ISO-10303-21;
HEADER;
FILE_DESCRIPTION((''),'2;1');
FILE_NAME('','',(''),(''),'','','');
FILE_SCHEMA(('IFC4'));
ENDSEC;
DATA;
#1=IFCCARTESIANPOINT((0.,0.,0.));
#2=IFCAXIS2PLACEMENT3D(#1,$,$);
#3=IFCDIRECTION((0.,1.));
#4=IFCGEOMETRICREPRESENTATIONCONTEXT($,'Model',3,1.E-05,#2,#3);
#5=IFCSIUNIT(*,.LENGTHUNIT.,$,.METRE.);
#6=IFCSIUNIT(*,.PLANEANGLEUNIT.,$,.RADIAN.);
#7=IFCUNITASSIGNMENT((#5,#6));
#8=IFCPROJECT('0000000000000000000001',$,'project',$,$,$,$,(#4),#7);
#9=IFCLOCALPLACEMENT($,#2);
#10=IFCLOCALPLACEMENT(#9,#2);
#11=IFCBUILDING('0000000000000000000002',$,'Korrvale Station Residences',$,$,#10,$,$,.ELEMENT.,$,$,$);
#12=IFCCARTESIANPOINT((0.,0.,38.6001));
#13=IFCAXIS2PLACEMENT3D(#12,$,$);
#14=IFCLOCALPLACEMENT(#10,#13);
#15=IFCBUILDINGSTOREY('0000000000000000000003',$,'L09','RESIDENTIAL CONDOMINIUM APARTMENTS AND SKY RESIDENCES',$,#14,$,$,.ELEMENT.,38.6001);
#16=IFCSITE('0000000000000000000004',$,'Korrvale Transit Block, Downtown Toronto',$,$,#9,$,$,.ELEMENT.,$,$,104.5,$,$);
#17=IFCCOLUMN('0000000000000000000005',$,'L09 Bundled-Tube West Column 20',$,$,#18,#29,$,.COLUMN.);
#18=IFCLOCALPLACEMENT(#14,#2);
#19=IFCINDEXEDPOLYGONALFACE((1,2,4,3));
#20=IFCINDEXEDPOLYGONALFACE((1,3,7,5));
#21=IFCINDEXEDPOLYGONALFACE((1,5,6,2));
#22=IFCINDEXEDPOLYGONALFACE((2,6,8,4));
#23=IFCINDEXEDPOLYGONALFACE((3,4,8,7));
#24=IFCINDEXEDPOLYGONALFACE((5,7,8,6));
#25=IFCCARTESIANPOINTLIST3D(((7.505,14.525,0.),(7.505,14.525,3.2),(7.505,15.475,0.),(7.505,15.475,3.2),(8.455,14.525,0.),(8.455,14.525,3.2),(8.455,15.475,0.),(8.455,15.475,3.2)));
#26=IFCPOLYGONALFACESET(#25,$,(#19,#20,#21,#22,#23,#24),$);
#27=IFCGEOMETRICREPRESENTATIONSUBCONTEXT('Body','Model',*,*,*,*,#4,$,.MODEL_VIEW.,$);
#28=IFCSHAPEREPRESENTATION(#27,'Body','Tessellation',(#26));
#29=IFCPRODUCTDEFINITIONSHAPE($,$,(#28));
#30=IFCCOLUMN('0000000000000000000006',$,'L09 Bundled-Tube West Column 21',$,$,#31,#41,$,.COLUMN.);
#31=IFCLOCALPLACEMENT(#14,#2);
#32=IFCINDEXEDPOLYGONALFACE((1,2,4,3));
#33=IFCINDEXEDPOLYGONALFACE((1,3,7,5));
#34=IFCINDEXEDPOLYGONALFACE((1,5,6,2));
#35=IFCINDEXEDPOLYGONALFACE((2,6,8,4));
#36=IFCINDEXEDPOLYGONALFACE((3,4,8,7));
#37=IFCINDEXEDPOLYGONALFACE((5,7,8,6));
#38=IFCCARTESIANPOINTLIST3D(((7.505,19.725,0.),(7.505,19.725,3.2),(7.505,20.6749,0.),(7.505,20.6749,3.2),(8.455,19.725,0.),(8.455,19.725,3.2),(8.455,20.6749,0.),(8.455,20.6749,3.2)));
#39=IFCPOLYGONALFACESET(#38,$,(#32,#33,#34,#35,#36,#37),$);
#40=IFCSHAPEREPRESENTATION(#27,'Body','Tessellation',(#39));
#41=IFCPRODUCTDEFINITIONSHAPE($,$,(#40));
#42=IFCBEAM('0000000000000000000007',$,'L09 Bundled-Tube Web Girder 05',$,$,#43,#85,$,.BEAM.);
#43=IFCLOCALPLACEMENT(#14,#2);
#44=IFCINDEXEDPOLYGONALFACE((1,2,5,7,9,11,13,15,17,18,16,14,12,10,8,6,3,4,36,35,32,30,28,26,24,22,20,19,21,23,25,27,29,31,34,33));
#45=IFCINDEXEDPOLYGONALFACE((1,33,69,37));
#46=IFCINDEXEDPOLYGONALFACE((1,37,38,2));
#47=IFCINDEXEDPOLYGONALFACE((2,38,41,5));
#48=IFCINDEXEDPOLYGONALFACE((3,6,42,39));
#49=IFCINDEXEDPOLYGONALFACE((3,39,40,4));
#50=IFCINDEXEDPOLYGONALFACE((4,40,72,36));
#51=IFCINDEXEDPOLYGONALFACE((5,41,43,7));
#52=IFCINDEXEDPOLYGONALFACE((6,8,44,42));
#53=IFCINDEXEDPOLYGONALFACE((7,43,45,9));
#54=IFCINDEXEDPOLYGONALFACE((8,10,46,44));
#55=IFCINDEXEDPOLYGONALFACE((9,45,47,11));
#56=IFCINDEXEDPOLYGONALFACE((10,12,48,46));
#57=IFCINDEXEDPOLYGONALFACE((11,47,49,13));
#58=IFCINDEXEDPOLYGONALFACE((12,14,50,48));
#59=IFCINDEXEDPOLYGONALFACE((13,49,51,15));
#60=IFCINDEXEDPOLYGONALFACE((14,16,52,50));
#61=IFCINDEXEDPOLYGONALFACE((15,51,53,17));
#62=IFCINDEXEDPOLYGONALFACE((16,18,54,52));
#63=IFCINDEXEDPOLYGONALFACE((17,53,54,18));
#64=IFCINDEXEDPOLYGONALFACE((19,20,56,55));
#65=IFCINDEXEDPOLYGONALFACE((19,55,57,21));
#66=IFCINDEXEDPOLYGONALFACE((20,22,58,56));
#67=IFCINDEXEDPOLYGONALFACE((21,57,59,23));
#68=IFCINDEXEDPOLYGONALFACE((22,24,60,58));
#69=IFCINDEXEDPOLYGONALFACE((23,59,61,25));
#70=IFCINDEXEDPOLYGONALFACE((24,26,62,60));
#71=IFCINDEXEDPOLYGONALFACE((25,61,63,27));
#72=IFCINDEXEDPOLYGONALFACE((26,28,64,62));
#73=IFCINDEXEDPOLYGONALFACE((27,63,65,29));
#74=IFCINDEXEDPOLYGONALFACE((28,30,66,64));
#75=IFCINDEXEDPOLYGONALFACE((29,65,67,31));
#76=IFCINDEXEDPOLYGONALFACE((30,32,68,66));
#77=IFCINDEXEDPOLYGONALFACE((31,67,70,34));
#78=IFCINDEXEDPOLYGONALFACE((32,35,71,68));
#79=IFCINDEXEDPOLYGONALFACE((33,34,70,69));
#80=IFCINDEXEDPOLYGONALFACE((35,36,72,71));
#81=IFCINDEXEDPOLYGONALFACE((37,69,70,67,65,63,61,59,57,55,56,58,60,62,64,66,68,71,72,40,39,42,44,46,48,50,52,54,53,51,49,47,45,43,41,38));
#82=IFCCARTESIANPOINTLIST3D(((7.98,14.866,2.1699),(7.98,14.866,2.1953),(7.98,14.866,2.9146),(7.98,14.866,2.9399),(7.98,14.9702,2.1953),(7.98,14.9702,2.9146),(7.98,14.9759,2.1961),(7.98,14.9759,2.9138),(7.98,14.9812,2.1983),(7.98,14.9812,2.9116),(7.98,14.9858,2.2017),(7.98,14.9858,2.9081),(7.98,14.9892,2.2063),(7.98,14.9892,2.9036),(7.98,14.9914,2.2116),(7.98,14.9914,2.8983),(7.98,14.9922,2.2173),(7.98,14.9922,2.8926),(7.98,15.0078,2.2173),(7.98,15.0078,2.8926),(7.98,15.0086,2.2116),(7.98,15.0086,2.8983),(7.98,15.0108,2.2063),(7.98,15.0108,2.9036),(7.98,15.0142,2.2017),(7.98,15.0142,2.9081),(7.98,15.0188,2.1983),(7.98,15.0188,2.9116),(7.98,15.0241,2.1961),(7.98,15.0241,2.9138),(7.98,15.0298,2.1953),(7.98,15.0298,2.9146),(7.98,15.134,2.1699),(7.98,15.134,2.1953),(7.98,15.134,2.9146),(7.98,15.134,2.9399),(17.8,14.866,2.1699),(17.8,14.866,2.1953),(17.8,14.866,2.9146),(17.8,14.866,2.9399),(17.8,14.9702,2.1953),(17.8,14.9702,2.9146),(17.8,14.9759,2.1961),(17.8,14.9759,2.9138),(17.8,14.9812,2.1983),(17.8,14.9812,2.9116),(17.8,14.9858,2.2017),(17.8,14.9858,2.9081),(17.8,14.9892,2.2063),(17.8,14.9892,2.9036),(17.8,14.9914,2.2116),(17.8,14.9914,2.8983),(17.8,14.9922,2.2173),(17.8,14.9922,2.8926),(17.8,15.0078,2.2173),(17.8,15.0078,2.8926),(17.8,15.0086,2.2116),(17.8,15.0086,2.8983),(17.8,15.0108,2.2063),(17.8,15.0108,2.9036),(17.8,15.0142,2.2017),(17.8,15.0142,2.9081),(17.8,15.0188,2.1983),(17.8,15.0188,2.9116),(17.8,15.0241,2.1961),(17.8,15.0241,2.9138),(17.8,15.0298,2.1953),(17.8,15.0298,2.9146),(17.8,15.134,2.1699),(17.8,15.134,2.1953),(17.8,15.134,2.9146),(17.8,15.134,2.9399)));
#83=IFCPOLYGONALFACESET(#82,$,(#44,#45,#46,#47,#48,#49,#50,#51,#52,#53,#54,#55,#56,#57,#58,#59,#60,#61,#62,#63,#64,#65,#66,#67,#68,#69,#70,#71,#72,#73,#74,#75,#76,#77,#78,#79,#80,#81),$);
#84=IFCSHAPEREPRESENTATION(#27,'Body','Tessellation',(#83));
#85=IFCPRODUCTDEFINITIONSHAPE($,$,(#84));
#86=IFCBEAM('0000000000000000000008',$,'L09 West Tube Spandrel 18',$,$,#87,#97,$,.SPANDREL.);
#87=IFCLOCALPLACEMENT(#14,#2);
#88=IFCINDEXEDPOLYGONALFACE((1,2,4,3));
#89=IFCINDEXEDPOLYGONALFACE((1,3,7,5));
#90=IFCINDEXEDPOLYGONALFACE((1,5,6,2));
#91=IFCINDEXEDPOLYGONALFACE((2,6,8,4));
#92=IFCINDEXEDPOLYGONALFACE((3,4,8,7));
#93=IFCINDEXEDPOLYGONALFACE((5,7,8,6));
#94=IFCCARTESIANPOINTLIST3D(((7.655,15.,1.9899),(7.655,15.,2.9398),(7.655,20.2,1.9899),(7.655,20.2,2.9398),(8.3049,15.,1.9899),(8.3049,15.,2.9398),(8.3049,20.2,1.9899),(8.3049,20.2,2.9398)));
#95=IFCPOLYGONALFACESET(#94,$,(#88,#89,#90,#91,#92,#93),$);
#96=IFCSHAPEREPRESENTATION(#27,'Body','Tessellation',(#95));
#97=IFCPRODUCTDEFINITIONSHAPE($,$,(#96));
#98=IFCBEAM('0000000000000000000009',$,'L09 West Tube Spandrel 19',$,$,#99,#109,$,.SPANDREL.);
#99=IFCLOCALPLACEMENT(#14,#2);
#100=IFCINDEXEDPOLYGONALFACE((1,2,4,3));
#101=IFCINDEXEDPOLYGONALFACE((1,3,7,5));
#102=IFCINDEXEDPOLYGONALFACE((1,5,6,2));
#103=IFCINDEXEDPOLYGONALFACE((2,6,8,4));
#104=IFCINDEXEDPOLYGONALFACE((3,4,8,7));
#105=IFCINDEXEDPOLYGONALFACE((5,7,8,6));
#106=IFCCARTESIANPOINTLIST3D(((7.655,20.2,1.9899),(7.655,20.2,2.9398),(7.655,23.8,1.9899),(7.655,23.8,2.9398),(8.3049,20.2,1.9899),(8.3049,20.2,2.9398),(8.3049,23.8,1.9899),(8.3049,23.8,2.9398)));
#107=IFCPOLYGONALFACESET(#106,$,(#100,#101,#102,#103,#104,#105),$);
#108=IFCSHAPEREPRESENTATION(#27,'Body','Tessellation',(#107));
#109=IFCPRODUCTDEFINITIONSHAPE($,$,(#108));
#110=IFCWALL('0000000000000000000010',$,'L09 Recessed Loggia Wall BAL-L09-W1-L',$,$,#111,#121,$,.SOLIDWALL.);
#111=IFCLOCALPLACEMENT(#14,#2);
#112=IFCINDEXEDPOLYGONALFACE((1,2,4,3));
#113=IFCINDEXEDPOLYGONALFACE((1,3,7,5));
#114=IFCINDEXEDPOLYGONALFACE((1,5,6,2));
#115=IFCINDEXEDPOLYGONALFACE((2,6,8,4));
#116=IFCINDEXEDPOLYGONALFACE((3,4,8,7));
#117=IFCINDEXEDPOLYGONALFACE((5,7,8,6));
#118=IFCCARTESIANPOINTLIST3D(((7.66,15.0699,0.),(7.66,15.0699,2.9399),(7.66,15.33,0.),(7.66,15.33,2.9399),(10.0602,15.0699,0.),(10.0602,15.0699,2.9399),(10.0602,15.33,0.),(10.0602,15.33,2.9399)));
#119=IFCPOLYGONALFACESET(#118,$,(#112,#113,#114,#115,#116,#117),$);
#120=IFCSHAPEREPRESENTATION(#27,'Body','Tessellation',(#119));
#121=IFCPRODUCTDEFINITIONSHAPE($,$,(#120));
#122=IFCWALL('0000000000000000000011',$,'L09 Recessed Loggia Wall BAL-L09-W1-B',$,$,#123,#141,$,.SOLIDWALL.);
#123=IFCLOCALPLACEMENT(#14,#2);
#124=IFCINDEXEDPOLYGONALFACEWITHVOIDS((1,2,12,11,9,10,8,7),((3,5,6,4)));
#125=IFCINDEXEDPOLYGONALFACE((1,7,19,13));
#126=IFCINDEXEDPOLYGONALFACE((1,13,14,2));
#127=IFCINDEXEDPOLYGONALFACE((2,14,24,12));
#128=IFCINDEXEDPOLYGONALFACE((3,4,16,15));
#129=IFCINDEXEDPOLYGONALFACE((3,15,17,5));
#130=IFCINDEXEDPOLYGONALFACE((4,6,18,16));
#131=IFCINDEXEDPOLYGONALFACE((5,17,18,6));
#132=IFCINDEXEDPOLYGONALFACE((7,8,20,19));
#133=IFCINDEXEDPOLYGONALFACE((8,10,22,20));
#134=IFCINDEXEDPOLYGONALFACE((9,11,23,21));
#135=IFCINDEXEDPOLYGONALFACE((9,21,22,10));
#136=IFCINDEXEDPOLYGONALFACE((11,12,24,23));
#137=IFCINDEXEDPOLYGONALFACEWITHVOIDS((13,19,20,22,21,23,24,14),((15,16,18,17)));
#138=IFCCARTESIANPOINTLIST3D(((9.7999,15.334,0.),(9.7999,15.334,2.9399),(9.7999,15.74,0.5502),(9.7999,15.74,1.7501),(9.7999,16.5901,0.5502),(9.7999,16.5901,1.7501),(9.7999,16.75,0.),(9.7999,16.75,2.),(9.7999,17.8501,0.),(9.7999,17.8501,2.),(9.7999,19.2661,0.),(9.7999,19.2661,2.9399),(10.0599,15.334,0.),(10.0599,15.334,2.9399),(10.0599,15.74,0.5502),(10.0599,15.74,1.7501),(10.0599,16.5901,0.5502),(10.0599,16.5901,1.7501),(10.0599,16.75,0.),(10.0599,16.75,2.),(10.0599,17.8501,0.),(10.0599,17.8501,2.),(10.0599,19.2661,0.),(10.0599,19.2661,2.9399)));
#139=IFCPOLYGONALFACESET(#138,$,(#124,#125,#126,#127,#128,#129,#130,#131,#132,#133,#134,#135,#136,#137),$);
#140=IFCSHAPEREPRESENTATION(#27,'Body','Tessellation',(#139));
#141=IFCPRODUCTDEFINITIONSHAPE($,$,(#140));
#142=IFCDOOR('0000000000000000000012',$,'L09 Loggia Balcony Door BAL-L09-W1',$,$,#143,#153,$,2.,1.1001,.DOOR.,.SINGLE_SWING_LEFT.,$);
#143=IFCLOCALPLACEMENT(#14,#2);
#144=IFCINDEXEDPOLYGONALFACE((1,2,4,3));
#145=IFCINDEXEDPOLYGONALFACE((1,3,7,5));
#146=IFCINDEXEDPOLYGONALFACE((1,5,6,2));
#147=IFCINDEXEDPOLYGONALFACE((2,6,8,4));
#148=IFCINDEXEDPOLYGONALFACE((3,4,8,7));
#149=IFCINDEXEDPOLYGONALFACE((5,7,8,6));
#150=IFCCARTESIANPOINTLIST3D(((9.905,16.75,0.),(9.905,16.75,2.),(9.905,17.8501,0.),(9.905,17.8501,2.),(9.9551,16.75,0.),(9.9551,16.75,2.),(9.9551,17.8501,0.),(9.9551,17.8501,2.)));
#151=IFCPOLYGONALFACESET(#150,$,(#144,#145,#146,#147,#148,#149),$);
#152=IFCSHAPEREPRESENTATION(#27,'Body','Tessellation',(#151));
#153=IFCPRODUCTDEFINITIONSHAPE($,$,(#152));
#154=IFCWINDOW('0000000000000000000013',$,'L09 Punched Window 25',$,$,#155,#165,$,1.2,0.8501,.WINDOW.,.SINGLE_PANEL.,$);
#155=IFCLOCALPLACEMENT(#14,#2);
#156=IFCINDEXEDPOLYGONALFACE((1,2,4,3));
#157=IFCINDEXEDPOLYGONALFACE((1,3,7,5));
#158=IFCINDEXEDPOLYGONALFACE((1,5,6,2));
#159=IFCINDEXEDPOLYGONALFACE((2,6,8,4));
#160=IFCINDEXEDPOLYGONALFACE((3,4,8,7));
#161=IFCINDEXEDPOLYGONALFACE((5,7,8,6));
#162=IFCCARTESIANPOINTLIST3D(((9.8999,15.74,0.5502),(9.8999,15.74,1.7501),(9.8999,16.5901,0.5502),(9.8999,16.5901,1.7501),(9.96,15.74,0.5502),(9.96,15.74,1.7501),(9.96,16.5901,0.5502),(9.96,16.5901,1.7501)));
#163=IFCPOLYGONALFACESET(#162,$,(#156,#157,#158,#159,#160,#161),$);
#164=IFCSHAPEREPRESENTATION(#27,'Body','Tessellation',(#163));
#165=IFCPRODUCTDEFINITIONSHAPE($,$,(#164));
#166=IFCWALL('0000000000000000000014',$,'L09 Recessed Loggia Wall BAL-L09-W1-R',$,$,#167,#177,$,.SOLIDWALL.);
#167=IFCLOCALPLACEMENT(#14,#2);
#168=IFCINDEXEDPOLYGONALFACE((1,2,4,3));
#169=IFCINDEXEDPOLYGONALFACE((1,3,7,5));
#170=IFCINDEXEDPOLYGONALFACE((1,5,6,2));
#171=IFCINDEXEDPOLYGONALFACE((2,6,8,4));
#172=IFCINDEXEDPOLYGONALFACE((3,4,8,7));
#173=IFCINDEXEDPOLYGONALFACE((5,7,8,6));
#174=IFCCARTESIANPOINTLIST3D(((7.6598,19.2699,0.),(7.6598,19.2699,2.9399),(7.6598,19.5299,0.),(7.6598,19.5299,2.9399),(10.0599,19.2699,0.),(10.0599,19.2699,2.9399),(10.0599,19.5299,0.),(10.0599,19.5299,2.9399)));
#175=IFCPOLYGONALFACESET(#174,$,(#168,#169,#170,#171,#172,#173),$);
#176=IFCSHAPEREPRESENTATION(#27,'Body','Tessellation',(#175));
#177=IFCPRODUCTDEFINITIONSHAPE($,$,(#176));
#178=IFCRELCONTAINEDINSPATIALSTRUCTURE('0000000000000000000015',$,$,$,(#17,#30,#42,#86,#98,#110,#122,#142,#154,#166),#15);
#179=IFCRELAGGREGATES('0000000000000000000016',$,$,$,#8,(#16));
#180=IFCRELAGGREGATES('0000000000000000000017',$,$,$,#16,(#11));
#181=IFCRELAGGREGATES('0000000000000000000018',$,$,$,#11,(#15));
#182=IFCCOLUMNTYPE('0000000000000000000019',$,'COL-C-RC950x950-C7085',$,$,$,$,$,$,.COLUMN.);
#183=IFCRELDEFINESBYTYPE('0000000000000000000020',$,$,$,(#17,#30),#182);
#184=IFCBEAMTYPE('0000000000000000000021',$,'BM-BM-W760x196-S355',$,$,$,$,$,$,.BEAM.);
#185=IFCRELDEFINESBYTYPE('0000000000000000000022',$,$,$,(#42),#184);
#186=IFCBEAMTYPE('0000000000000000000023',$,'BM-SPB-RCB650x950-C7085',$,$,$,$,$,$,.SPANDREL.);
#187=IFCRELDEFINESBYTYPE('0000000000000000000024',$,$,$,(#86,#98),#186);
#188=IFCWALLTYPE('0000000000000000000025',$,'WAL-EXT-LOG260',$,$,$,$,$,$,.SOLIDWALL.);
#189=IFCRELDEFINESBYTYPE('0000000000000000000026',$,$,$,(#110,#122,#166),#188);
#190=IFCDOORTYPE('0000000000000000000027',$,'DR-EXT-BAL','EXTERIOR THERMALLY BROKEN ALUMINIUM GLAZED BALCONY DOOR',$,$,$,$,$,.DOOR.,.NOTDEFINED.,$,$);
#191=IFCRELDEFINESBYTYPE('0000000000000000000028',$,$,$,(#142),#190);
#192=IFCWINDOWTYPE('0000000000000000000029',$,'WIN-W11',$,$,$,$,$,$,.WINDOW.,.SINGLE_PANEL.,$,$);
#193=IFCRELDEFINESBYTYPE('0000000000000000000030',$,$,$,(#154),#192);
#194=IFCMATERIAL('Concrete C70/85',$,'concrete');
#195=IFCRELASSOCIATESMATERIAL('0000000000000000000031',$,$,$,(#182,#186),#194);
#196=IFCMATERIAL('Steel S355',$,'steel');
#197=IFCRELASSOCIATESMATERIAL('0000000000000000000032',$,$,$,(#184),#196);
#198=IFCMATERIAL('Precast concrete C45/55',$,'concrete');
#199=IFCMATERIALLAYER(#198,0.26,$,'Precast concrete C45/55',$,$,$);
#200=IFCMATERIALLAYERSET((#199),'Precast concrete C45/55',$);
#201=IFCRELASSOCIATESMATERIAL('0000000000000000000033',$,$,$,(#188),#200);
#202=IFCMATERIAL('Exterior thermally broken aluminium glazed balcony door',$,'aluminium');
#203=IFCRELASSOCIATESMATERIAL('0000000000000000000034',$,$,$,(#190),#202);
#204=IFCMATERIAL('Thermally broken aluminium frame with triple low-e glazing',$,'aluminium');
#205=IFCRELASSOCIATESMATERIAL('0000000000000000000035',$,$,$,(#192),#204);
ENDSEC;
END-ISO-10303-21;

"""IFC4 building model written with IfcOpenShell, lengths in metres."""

from ifc_helpers import new_model, si_unit, direction, frame, frame_2d, origin, origin_2d, place, context, subcontext, project, spatial, rectangle, i_section, extrude, material, layer, layer_set, material_profile, profile_set, type_object, element, fill, save


model = new_model("IFC4")

# Units and contexts
model_context = context("Model", 3, precision=1e-05, world=origin(), true_north=direction((0.0, 1.0)))
body_context = subcontext(model_context, "Body", "Model", "MODEL_VIEW")
ifc_project = project(units=[si_unit("LENGTHUNIT", "METRE"), si_unit("PLANEANGLEUNIT", "RADIAN")], contexts=[model_context])

# Site, building, storey
site_placement = place(None, origin())
site = spatial("IfcSite", under=ifc_project, at=site_placement, Name="Korrvale Transit Block, Downtown Toronto", CompositionType="ELEMENT", RefElevation=104.5)
building_placement = place(site_placement, origin())
building = spatial("IfcBuilding", under=site, at=building_placement, Name="Korrvale Station Residences", CompositionType="ELEMENT")
storey_placement = place(building_placement, frame((0.0, 0.0, 38.6001)))
storey = spatial("IfcBuildingStorey", under=building, at=storey_placement, Name="L09", Description="RESIDENTIAL CONDOMINIUM APARTMENTS AND SKY RESIDENCES", CompositionType="ELEMENT", Elevation=38.6001)

# Columns
ifc_material_1 = material(Name="Concrete C70/85", Category="concrete")
ifc_material_profile_1 = material_profile(ifc_material_1, rectangle(XDim=0.95, YDim=0.95, at=origin_2d()), Name="RC950x950")
ifc_profile_set_1 = profile_set([ifc_material_profile_1], Name="Concrete C70/85")
column_type = type_object("IfcColumnType", Name="COL-C-RC950x950-C7085", PredefinedType="COLUMN", material=ifc_profile_set_1)
for number, where, z_axis, x_axis, name in (
    (1, (7.98, 15.0, 0.0), (0.0, 0.0, 1.0), (1.0, 0.0, 0.0), "L09 Bundled-Tube West Column 20"),
    (2, (7.98, 20.2, 0.0), (0.0, 0.0, 1.0), (1.0, 0.0, 0.0), "L09 Bundled-Tube West Column 21"),
):
    element("IfcColumn", number, at=place(storey_placement, frame(where, z_axis=z_axis, x_axis=x_axis)), inside=storey, type_object=column_type, Name=name, PredefinedType="COLUMN", context=body_context, shape_type="SweptSolid", body=[
        extrude(rectangle(XDim=0.95, YDim=0.95, at=origin_2d()), origin(), (0.0, 0.0, 1.0), 3.2),
    ])

# Beams
ifc_material_2 = material(Name="Steel S355", Category="steel")
ifc_material_profile_2 = material_profile(ifc_material_2, i_section(OverallWidth=0.2681, OverallDepth=0.77, WebThickness=0.0156, FlangeThickness=0.0254, FilletRadius=0.022, at=origin_2d()), Name="W760x196")
ifc_profile_set_2 = profile_set([ifc_material_profile_2], Name="Steel S355")
beam_type_1 = type_object("IfcBeamType", Name="BM-BM-W760x196-S355", PredefinedType="BEAM", material=ifc_profile_set_2)
beam_1_placement = place(storey_placement, frame((7.98, 15.0, 2.5549), z_axis=(1.0, 0.0, 0.0), x_axis=(0.0, 1.0, 0.0)))
element("IfcBeam", 3, at=beam_1_placement, inside=storey, type_object=beam_type_1, Name="L09 Bundled-Tube Web Girder 05", PredefinedType="BEAM", context=body_context, shape_type="SweptSolid", body=[
    extrude(i_section(OverallWidth=0.2681, OverallDepth=0.77, WebThickness=0.0156, FlangeThickness=0.0254, FilletRadius=0.022, at=origin_2d()), origin(), (0.0, 0.0, 1.0), 9.8201),
])
ifc_material_profile_3 = material_profile(ifc_material_1, rectangle(XDim=0.6499, YDim=0.95, at=origin_2d()), Name="RCB650x950")
ifc_profile_set_3 = profile_set([ifc_material_profile_3], Name="Concrete C70/85")
beam_type_2 = type_object("IfcBeamType", Name="BM-SPB-RCB650x950-C7085", PredefinedType="SPANDREL", material=ifc_profile_set_3)
beam_2_placement = place(storey_placement, frame((7.98, 15.0, 2.4648), z_axis=(0.0, 1.0, 0.0), x_axis=(-1.0, 0.0, 0.0)))
element("IfcBeam", 4, at=beam_2_placement, inside=storey, type_object=beam_type_2, Name="L09 West Tube Spandrel 18", PredefinedType="SPANDREL", context=body_context, shape_type="SweptSolid", body=[
    extrude(rectangle(XDim=0.6499, YDim=0.95, at=origin_2d()), origin(), (0.0, 0.0, 1.0), 5.2),
])
beam_3_placement = place(storey_placement, frame((7.98, 20.2, 2.4648), z_axis=(0.0, 1.0, 0.0), x_axis=(-1.0, 0.0, 0.0)))
element("IfcBeam", 5, at=beam_3_placement, inside=storey, type_object=beam_type_2, Name="L09 West Tube Spandrel 19", PredefinedType="SPANDREL", context=body_context, shape_type="SweptSolid", body=[
    extrude(rectangle(XDim=0.6499, YDim=0.95, at=origin_2d()), origin(), (0.0, 0.0, 1.0), 3.6001),
])

# Wall
ifc_material_3 = material(Name="Precast concrete C45/55", Category="concrete")
ifc_layer_1 = layer(ifc_material_3, 0.26, Name="Precast concrete C45/55")
ifc_layer_set_1 = layer_set([ifc_layer_1], Name="Precast concrete C45/55")
wall_type_1 = type_object("IfcWallType", Name="WAL-EXT-LOG260", PredefinedType="SOLIDWALL", material=ifc_layer_set_1)
wall_1_placement = place(storey_placement, frame((7.6599, 15.2, 0.0), z_axis=(0.0, 0.0, 1.0), x_axis=(1.0, 0.0, 0.0)))
element("IfcWall", 6, at=wall_1_placement, inside=storey, type_object=wall_type_1, Name="L09 Recessed Loggia Wall BAL-L09-W1-L", PredefinedType="SOLIDWALL", context=body_context, shape_type="SweptSolid", body=[
    extrude(rectangle(XDim=2.4001, YDim=0.26, at=frame_2d((1.2002, 0.0))), origin(), (0.0, 0.0, 1.0), 2.9399),
])

# Wall, openings, door, window
wall_2_placement = place(storey_placement, frame((9.9299, 15.334, 0.0), z_axis=(0.0, 0.0, 1.0), x_axis=(0.0, 1.0, 0.0)))
wall_2 = element("IfcWall", 7, at=wall_2_placement, inside=storey, type_object=wall_type_1, Name="L09 Recessed Loggia Wall BAL-L09-W1-B", PredefinedType="SOLIDWALL", context=body_context, shape_type="SweptSolid", body=[
    extrude(rectangle(XDim=3.9321, YDim=0.26, at=frame_2d((1.9661, 0.0))), origin(), (0.0, 0.0, 1.0), 2.9399),
])
opening_1_placement = place(wall_2_placement, frame((1.416, 0.0, 0.0)))
opening_1 = element("IfcOpeningElement", 8, at=opening_1_placement, cuts=wall_2, PredefinedType="OPENING", context=body_context, shape_type="SweptSolid", body=[
    extrude(rectangle(XDim=1.1001, YDim=2.0, at=frame_2d((0.55, 1.0))), frame((0.0, 0.1401, 0.0), z_axis=(0.0, -1.0, 0.0), x_axis=(1.0, 0.0, 0.0)), (0.0, 0.0, 1.0), 0.28),
])
opening_2_placement = place(wall_2_placement, frame((0.406, 0.0, 0.55)))
opening_2 = element("IfcOpeningElement", 9, at=opening_2_placement, cuts=wall_2, PredefinedType="OPENING", context=body_context, shape_type="SweptSolid", body=[
    extrude(rectangle(XDim=0.8501, YDim=1.2, at=frame_2d((0.425, 0.6001))), frame((0.0, 0.1401, 0.0), z_axis=(0.0, -1.0, 0.0), x_axis=(1.0, 0.0, 0.0)), (0.0, 0.0, 1.0), 0.28),
])
ifc_material_4 = material(Name="Exterior thermally broken aluminium glazed balcony door", Category="aluminium")
door_type = type_object("IfcDoorType", Name="DR-EXT-BAL", Description="EXTERIOR THERMALLY BROKEN ALUMINIUM GLAZED BALCONY DOOR", OperationType="NOTDEFINED", PredefinedType="DOOR", material=ifc_material_4)
door_placement = place(opening_1_placement, origin())
door = element("IfcDoor", 10, at=door_placement, inside=storey, type_object=door_type, Name="L09 Loggia Balcony Door BAL-L09-W1", OperationType="SINGLE_SWING_LEFT", OverallHeight=2.0, OverallWidth=1.1001, PredefinedType="DOOR", context=body_context, shape_type="SweptSolid", body=[
    extrude(rectangle(XDim=1.1001, YDim=2.0, at=frame_2d((0.55, 1.0))), frame((0.0, 0.0249, 0.0), z_axis=(0.0, -1.0, 0.0), x_axis=(1.0, 0.0, 0.0)), (0.0, 0.0, 1.0), 0.05),
])
fill(opening_1, door)
ifc_material_5 = material(Name="Thermally broken aluminium frame with triple low-e glazing", Category="aluminium")
window_type_1 = type_object("IfcWindowType", Name="WIN-W11", PartitioningType="SINGLE_PANEL", PredefinedType="WINDOW", material=ifc_material_5)
window_1_placement = place(opening_2_placement, origin())
window_1 = element("IfcWindow", 11, at=window_1_placement, inside=storey, type_object=window_type_1, Name="L09 Punched Window 25", OverallHeight=1.2, OverallWidth=0.8501, PartitioningType="SINGLE_PANEL", PredefinedType="WINDOW", context=body_context, shape_type="SweptSolid", body=[
    extrude(rectangle(XDim=0.8501, YDim=1.2, at=frame_2d((0.425, 0.6001))), frame((0.0, 0.03, 0.0), z_axis=(0.0, -1.0, 0.0), x_axis=(1.0, 0.0, 0.0)), (0.0, 0.0, 1.0), 0.0601),
])
fill(opening_2, window_1)

# Wall
wall_3_placement = place(storey_placement, frame((10.0601, 19.3999, 0.0), z_axis=(0.0, 0.0, 1.0), x_axis=(-1.0, 0.0, 0.0)))
element("IfcWall", 12, at=wall_3_placement, inside=storey, type_object=wall_type_1, Name="L09 Recessed Loggia Wall BAL-L09-W1-R", PredefinedType="SOLIDWALL", context=body_context, shape_type="SweptSolid", body=[
    extrude(rectangle(XDim=2.4001, YDim=0.26, at=frame_2d((1.2002, 0.0))), origin(), (0.0, 0.0, 1.0), 2.9399),
])

save(model, "model.ifc")
